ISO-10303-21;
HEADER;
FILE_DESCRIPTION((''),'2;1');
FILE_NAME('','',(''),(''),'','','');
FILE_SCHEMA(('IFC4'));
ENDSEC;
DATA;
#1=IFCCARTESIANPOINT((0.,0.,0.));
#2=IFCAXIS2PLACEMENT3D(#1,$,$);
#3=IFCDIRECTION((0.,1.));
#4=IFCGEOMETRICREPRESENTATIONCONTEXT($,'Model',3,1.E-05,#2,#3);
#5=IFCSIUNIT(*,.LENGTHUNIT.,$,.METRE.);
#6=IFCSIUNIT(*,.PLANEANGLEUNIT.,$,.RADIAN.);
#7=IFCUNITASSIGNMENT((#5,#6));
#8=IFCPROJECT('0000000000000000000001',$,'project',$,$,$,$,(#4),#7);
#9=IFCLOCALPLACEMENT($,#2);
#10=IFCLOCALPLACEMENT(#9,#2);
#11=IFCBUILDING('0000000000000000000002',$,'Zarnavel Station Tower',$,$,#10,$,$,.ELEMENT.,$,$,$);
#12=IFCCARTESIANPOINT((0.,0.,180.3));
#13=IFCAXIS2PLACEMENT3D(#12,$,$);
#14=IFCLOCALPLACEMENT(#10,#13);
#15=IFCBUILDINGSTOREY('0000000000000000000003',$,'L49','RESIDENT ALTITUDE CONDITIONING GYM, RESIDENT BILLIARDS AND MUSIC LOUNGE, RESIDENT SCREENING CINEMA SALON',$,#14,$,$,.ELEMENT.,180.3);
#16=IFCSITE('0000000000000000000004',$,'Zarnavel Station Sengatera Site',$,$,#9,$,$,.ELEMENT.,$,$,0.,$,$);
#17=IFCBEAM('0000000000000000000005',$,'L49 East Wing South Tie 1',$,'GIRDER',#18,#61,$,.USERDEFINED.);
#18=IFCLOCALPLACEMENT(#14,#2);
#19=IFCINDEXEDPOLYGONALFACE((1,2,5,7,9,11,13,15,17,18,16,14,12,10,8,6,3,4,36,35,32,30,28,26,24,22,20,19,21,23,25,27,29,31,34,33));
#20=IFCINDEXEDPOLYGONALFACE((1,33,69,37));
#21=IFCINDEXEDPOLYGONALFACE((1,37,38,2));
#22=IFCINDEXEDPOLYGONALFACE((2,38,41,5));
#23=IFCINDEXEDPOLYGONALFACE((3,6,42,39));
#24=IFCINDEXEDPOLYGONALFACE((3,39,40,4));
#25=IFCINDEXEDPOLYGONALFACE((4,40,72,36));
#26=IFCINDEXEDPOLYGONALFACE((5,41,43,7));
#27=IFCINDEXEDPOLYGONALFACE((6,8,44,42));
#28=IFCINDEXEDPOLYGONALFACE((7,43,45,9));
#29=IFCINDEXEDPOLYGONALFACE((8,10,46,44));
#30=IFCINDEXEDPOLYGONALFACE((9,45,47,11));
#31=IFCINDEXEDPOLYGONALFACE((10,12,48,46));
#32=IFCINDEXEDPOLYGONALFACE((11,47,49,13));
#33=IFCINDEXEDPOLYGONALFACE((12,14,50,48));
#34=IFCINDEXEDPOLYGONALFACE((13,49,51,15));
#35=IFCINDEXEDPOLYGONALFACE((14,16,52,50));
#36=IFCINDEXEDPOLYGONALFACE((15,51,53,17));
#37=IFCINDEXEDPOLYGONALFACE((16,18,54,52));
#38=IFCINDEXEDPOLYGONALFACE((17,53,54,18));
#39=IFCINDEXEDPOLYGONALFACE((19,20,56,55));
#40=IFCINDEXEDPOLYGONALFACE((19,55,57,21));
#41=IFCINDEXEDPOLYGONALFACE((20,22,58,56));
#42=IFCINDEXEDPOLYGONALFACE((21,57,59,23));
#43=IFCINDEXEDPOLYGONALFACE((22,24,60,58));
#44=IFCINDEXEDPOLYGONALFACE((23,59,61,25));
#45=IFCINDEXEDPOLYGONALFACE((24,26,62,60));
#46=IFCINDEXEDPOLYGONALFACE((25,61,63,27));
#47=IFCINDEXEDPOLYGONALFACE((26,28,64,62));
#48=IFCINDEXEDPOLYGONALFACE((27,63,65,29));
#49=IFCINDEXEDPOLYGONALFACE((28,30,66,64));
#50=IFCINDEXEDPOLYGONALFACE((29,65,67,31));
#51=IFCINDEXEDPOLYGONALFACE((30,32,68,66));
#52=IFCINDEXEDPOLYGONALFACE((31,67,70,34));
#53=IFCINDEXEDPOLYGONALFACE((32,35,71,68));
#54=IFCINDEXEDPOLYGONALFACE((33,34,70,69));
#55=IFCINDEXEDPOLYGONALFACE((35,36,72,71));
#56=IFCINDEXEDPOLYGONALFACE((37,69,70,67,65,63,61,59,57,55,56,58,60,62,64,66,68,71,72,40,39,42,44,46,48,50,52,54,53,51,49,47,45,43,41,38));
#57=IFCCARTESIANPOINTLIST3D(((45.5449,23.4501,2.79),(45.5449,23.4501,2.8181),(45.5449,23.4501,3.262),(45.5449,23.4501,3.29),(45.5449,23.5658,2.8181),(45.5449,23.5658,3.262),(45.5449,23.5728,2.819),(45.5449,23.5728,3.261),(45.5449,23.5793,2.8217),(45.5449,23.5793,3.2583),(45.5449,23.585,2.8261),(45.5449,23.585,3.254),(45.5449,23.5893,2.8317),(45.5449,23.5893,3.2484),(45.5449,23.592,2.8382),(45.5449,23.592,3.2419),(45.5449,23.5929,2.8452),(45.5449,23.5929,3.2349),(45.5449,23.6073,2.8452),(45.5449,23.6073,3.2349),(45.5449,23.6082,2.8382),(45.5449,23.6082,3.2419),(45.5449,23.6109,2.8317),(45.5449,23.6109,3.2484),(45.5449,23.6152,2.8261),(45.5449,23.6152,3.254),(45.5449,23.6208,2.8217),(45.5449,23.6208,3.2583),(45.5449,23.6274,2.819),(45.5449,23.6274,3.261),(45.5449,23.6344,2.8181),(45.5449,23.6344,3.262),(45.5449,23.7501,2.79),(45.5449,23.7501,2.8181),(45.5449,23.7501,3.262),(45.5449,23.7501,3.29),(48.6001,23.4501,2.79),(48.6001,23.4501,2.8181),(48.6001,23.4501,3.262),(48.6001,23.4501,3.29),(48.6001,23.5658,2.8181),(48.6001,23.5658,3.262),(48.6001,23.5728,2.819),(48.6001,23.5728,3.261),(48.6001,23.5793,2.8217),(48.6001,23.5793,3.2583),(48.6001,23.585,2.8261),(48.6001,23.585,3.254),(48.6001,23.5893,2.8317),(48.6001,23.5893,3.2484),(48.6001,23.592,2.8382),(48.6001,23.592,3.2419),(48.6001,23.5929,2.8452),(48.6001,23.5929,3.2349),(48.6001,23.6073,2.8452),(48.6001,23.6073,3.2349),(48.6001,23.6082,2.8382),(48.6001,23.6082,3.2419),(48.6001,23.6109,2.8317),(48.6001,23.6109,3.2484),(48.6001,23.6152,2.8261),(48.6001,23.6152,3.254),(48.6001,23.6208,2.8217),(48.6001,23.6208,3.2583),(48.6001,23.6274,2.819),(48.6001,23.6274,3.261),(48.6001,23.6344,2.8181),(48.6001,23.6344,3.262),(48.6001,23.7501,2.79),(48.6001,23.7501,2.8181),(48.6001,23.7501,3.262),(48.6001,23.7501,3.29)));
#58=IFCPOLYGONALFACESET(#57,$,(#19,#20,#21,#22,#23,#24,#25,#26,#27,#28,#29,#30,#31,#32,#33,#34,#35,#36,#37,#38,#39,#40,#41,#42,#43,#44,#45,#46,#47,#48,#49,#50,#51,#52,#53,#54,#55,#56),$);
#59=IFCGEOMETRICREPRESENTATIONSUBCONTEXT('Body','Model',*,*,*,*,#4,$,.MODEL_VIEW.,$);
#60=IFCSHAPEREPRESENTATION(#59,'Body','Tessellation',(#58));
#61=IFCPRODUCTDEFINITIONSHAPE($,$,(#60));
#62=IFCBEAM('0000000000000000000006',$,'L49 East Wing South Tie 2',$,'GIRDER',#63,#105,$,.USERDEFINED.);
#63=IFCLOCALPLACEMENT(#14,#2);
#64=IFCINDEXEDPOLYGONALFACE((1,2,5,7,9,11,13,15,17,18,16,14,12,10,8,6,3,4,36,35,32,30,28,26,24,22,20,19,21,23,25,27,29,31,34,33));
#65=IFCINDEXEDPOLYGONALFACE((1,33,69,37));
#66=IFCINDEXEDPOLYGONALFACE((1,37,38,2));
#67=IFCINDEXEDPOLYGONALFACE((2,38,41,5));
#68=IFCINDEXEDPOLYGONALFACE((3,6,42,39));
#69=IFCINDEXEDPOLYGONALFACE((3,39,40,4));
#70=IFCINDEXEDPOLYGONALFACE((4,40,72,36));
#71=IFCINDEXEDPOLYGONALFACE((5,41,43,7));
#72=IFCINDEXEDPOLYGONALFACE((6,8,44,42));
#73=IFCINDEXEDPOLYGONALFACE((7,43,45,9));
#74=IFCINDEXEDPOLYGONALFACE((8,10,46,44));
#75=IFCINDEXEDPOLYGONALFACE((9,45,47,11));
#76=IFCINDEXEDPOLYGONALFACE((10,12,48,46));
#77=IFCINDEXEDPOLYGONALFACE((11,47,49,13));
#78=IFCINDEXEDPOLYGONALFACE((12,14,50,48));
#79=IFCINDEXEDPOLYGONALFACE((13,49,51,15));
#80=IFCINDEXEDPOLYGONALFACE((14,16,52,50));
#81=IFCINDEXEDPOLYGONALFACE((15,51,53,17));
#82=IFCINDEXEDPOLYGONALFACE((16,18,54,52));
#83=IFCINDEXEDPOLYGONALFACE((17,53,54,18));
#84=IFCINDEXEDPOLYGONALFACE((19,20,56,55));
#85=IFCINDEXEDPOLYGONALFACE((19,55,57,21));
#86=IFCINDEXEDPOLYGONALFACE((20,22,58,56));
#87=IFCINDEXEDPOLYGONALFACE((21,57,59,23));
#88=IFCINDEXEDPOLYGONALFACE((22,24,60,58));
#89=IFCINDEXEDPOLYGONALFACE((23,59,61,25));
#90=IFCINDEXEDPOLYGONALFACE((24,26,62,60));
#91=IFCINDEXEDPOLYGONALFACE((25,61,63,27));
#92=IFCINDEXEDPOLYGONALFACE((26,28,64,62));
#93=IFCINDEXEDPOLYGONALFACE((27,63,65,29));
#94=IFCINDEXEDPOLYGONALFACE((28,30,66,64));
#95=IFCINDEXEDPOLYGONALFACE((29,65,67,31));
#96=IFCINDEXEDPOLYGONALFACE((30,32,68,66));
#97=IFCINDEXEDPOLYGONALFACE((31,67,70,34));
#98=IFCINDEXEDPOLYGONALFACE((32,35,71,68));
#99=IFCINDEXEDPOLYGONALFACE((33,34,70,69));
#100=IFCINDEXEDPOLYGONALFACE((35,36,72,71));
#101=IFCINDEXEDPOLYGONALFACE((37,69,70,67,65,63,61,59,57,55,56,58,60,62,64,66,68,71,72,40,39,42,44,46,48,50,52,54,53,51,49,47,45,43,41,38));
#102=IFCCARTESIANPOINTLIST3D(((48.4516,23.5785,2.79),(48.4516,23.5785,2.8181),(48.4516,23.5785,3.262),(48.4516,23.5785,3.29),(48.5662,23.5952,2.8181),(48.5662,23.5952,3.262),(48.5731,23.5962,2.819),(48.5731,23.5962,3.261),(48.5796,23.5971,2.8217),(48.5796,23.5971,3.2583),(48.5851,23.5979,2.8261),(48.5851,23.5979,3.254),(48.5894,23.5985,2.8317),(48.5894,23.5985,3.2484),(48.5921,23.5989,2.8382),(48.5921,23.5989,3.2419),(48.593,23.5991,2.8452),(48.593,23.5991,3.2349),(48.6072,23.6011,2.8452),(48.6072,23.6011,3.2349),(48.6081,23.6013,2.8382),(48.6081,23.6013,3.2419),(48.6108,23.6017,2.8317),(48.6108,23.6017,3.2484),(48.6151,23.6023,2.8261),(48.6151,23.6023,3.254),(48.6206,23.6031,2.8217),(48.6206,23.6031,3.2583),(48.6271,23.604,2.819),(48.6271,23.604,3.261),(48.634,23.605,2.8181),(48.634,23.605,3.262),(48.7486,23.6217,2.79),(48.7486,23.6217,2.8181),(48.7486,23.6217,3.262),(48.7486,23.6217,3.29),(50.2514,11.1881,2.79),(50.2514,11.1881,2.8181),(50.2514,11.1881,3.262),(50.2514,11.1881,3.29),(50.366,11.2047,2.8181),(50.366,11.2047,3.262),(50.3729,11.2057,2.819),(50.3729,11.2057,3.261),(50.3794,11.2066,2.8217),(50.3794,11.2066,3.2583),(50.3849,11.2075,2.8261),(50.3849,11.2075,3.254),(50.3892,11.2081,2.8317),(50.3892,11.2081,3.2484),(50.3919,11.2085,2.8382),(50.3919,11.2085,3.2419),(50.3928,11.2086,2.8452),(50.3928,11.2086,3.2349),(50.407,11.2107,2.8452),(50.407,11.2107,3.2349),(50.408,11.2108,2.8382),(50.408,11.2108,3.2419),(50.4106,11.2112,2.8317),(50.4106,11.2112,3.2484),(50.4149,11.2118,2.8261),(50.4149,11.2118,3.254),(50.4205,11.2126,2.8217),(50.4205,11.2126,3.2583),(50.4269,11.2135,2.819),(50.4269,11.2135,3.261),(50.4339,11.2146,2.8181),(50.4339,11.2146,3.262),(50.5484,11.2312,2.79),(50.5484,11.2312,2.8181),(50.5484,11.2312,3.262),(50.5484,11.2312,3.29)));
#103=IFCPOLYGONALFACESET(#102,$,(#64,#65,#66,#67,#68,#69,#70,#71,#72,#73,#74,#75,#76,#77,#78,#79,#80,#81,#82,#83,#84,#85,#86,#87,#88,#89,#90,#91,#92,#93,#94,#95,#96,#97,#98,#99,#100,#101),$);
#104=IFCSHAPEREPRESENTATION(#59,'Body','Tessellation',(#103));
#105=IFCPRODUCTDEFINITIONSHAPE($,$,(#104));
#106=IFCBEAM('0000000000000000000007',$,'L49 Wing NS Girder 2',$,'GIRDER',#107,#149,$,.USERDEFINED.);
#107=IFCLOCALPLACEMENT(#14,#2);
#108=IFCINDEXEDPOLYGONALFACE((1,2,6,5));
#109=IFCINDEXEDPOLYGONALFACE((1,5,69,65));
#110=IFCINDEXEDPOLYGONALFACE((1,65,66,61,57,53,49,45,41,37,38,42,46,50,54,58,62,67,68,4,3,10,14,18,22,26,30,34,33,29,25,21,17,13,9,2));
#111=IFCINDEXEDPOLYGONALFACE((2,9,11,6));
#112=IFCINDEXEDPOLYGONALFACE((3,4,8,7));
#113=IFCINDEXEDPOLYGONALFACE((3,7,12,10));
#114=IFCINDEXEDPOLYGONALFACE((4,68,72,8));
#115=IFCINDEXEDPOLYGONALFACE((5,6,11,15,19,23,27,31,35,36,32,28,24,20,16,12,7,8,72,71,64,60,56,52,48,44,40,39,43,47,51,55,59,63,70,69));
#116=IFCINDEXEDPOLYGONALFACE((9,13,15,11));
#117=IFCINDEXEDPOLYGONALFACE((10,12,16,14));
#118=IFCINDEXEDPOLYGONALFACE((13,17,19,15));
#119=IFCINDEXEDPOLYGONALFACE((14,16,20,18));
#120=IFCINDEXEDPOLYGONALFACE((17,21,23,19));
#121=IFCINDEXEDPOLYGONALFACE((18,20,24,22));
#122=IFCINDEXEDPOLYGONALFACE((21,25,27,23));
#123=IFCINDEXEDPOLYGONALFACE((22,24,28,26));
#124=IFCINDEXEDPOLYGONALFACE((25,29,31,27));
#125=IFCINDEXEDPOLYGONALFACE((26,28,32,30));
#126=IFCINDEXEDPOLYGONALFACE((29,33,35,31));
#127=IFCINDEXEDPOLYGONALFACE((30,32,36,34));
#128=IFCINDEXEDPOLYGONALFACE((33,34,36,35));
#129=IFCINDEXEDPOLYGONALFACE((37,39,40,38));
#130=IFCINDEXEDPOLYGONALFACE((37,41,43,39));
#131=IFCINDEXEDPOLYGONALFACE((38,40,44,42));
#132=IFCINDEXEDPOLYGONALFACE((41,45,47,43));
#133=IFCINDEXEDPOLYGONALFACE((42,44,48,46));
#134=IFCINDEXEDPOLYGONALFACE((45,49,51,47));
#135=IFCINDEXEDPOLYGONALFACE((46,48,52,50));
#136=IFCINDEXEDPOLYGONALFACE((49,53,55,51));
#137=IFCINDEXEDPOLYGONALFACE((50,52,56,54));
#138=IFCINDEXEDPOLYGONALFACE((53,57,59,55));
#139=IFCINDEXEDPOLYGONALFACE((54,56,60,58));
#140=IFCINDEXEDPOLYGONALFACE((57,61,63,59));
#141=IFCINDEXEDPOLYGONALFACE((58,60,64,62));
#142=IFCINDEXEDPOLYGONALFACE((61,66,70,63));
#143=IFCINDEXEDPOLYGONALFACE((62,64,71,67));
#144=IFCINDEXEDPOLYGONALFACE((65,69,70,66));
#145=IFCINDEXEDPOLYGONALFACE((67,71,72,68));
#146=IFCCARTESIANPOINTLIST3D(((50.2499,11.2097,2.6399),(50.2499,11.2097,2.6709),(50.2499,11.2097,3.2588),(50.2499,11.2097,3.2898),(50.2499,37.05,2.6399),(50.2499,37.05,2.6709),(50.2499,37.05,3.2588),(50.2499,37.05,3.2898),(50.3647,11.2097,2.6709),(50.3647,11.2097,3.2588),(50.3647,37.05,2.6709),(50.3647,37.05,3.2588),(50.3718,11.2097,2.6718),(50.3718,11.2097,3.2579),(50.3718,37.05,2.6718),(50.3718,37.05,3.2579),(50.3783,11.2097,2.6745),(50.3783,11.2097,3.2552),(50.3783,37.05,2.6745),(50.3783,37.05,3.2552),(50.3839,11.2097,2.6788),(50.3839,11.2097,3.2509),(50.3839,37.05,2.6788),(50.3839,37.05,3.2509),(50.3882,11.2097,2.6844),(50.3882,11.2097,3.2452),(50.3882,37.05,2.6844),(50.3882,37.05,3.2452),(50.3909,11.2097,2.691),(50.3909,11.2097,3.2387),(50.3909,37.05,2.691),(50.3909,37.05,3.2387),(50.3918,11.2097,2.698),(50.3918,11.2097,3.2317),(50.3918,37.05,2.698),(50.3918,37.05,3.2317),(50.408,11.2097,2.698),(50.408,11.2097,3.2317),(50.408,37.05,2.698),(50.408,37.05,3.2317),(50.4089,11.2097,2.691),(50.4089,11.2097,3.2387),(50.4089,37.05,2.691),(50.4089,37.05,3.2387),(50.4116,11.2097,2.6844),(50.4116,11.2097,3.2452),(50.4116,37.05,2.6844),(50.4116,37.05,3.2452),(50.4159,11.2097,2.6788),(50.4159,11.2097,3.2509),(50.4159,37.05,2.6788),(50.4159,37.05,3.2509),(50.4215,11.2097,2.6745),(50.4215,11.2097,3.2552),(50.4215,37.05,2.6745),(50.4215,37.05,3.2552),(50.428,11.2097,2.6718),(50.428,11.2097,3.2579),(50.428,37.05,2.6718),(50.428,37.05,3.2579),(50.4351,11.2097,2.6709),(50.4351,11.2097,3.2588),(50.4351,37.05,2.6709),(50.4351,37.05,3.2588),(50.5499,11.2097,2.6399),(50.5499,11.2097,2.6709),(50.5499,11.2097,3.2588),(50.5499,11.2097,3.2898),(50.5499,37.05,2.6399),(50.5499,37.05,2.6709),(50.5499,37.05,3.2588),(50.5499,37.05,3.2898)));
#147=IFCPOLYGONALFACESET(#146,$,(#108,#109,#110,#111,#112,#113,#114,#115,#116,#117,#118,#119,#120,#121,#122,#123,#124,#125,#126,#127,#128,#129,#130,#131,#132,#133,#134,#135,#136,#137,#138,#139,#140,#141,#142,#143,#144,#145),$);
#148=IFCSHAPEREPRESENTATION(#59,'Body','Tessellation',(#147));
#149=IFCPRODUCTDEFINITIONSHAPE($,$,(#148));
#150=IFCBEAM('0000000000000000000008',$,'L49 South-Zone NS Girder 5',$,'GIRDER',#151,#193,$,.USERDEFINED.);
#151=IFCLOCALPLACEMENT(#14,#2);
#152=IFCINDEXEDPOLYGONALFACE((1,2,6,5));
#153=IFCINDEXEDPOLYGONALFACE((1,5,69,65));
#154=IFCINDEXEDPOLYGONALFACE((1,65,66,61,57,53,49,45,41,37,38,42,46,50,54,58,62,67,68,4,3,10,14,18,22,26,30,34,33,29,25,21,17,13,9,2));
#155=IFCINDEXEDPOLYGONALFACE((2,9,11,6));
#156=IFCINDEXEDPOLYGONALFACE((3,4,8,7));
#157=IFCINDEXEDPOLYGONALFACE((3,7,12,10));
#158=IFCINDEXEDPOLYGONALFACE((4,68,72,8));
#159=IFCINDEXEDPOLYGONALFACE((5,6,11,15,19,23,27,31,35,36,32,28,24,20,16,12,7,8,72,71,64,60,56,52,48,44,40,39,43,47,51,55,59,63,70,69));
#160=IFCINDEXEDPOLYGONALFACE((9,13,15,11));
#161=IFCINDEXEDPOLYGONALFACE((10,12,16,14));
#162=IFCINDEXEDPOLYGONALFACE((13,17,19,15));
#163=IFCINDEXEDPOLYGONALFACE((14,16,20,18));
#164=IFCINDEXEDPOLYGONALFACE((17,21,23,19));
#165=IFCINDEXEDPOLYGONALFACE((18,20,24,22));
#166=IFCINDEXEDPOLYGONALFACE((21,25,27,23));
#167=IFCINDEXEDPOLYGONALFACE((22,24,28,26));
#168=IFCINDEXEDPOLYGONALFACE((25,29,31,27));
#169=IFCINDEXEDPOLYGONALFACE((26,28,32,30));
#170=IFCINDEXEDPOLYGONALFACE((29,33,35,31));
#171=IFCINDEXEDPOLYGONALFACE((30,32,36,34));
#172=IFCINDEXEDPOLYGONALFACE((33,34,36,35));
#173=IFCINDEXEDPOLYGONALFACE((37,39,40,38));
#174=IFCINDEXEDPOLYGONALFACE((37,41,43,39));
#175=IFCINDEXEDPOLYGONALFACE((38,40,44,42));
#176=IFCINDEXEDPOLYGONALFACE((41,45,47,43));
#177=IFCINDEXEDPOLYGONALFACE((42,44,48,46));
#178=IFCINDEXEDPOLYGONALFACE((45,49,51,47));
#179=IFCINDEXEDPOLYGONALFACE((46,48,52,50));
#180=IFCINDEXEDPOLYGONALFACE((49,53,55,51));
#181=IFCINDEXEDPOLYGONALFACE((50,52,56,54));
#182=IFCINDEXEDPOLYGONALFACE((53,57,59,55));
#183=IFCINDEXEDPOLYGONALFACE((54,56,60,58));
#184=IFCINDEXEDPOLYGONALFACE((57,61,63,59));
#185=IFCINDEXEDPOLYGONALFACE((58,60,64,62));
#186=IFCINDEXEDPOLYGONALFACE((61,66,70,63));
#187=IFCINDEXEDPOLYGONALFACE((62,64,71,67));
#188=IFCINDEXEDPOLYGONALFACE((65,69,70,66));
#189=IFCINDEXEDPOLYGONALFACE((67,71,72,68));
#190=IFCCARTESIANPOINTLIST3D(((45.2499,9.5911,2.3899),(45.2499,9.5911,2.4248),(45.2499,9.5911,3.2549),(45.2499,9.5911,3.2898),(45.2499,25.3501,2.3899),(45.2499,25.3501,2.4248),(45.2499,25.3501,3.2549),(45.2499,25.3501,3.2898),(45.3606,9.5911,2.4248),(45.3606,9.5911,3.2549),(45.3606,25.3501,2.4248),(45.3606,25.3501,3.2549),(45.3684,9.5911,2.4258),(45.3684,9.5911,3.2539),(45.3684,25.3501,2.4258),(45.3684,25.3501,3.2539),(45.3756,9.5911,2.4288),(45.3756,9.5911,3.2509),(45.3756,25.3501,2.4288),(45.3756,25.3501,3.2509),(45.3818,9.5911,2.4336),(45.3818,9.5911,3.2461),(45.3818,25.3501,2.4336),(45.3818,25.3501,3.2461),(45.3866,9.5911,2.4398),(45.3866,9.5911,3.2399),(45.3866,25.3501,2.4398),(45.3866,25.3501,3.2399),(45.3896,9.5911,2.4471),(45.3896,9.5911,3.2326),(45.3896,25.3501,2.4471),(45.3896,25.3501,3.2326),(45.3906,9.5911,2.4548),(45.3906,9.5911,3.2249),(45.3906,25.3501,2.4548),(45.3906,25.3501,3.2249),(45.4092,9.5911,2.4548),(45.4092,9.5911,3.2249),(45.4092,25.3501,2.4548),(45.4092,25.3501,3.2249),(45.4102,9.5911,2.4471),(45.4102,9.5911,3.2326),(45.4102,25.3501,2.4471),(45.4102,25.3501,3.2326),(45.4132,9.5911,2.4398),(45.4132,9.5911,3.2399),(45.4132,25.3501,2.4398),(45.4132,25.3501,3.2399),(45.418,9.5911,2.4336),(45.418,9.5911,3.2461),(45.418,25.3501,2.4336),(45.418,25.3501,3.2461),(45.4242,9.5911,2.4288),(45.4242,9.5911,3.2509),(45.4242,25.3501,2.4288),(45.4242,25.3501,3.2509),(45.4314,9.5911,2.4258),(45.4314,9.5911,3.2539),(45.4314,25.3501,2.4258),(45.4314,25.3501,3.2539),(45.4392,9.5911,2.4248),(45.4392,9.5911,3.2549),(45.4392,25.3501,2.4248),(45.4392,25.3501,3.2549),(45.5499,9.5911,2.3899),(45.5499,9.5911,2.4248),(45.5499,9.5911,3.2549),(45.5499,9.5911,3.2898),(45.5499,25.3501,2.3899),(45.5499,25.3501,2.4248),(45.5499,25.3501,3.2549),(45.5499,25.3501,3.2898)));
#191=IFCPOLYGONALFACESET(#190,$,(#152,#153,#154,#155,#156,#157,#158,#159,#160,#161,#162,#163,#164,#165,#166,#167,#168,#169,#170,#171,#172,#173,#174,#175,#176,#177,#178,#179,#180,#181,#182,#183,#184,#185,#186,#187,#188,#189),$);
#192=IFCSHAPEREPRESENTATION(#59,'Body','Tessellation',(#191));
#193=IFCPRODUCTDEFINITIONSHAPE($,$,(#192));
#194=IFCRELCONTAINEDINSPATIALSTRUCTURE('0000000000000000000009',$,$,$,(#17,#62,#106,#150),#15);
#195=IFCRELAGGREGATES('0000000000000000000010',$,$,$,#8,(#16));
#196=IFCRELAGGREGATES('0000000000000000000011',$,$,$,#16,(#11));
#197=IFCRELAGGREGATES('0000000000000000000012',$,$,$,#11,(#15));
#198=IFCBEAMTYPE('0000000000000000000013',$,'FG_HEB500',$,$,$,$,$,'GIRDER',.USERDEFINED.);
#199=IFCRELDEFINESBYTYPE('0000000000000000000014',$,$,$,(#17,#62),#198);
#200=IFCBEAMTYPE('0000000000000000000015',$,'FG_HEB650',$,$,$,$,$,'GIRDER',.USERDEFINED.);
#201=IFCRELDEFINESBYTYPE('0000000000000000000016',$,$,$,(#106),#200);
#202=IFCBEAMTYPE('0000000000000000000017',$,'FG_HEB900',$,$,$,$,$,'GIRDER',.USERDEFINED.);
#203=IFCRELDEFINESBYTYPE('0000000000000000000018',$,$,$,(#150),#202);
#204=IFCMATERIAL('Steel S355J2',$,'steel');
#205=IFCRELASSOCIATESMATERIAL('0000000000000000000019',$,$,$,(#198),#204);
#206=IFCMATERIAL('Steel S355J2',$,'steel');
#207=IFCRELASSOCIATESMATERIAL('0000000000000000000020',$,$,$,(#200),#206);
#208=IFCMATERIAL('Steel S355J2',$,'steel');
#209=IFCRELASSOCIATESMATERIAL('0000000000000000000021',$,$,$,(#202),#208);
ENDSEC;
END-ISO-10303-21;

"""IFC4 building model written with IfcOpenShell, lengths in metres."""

from ifc_helpers import new_model, si_unit, direction, frame, origin, origin_2d, place, context, subcontext, project, spatial, i_section, extrude, material, material_profile, profile_set, type_object, element, save


model = new_model("IFC4")

# Units and contexts
model_context = context("Model", 3, precision=1e-05, world=origin(), true_north=direction((0.0, 1.0)))
body_context = subcontext(model_context, "Body", "Model", "MODEL_VIEW")
ifc_project = project(units=[si_unit("LENGTHUNIT", "METRE"), si_unit("PLANEANGLEUNIT", "RADIAN")], contexts=[model_context])

# Site, building, storey
site_placement = place(None, origin())
site = spatial("IfcSite", under=ifc_project, at=site_placement, Name="Zarnavel Station Sengatera Site", CompositionType="ELEMENT", RefElevation=0.0)
building_placement = place(site_placement, origin())
building = spatial("IfcBuilding", under=site, at=building_placement, Name="Zarnavel Station Tower", CompositionType="ELEMENT")
storey_placement = place(building_placement, frame((0.0, 0.0, 180.3)))
storey = spatial("IfcBuildingStorey", under=building, at=storey_placement, Name="L49", Description="RESIDENT ALTITUDE CONDITIONING GYM, RESIDENT BILLIARDS AND MUSIC LOUNGE, RESIDENT SCREENING CINEMA SALON", CompositionType="ELEMENT", Elevation=180.3)

# Beams
ifc_material_1 = material(Name="Steel S355J2", Category="steel")
ifc_material_profile_1 = material_profile(ifc_material_1, i_section(OverallWidth=0.3, OverallDepth=0.5, WebThickness=0.0144, FlangeThickness=0.0281, FilletRadius=0.0271, at=origin_2d()), Name="HEB500")
ifc_profile_set_1 = profile_set([ifc_material_profile_1], Name="Steel S355J2")
beam_type_1 = type_object("IfcBeamType", Name="FG_HEB500", ElementType="GIRDER", PredefinedType="USERDEFINED", material=ifc_profile_set_1)
beam_1_placement = place(storey_placement, frame((45.5449, 23.6001, 3.04), z_axis=(1.0, 0.0, 0.0), x_axis=(0.0, 1.0, 0.0)))
element("IfcBeam", 1, at=beam_1_placement, inside=storey, type_object=beam_type_1, Name="L49 East Wing South Tie 1", ObjectType="GIRDER", PredefinedType="USERDEFINED", context=body_context, shape_type="SweptSolid", body=[
    extrude(i_section(OverallWidth=0.3, OverallDepth=0.5, WebThickness=0.0144, FlangeThickness=0.0281, FilletRadius=0.0271, at=origin_2d()), origin(), (0.0, 0.0, 1.0), 3.0552),
])
beam_2_placement = place(storey_placement, frame((48.6001, 23.6001, 3.04), z_axis=(0.14375, -0.989614, 0.0), x_axis=(0.989614, 0.14375, 0.0)))
element("IfcBeam", 2, at=beam_2_placement, inside=storey, type_object=beam_type_1, Name="L49 East Wing South Tie 2", ObjectType="GIRDER", PredefinedType="USERDEFINED", context=body_context, shape_type="SweptSolid", body=[
    extrude(i_section(OverallWidth=0.3, OverallDepth=0.5, WebThickness=0.0144, FlangeThickness=0.0281, FilletRadius=0.0271, at=origin_2d()), origin(), (0.0, 0.0, 1.0), 12.5205),
])
ifc_material_2 = material(Name="Steel S355J2", Category="steel")
ifc_material_profile_2 = material_profile(ifc_material_2, i_section(OverallWidth=0.3, OverallDepth=0.6499, WebThickness=0.0161, FlangeThickness=0.031, FilletRadius=0.0271, at=origin_2d()), Name="HEB650")
ifc_profile_set_2 = profile_set([ifc_material_profile_2], Name="Steel S355J2")
beam_type_2 = type_object("IfcBeamType", Name="FG_HEB650", ElementType="GIRDER", PredefinedType="USERDEFINED", material=ifc_profile_set_2)
beam_3_placement = place(storey_placement, frame((50.3999, 11.2097, 2.9648), z_axis=(0.0, 1.0, 0.0), x_axis=(-1.0, 0.0, 0.0)))
element("IfcBeam", 3, at=beam_3_placement, inside=storey, type_object=beam_type_2, Name="L49 Wing NS Girder 2", ObjectType="GIRDER", PredefinedType="USERDEFINED", context=body_context, shape_type="SweptSolid", body=[
    extrude(i_section(OverallWidth=0.3, OverallDepth=0.6499, WebThickness=0.0161, FlangeThickness=0.031, FilletRadius=0.0271, at=origin_2d()), origin(), (0.0, 0.0, 1.0), 25.8403),
])
ifc_material_3 = material(Name="Steel S355J2", Category="steel")
ifc_material_profile_3 = material_profile(ifc_material_3, i_section(OverallWidth=0.3, OverallDepth=0.8999, WebThickness=0.0186, FlangeThickness=0.0349, FilletRadius=0.03, at=origin_2d()), Name="HEB900")
ifc_profile_set_3 = profile_set([ifc_material_profile_3], Name="Steel S355J2")
beam_type_3 = type_object("IfcBeamType", Name="FG_HEB900", ElementType="GIRDER", PredefinedType="USERDEFINED", material=ifc_profile_set_3)
beam_4_placement = place(storey_placement, frame((45.3999, 9.5911, 2.8398), z_axis=(0.0, 1.0, 0.0), x_axis=(-1.0, 0.0, 0.0)))
element("IfcBeam", 4, at=beam_4_placement, inside=storey, type_object=beam_type_3, Name="L49 South-Zone NS Girder 5", ObjectType="GIRDER", PredefinedType="USERDEFINED", context=body_context, shape_type="SweptSolid", body=[
    extrude(i_section(OverallWidth=0.3, OverallDepth=0.8999, WebThickness=0.0186, FlangeThickness=0.0349, FilletRadius=0.03, at=origin_2d()), origin(), (0.0, 0.0, 1.0), 15.759),
])

save(model, "model.ifc")
